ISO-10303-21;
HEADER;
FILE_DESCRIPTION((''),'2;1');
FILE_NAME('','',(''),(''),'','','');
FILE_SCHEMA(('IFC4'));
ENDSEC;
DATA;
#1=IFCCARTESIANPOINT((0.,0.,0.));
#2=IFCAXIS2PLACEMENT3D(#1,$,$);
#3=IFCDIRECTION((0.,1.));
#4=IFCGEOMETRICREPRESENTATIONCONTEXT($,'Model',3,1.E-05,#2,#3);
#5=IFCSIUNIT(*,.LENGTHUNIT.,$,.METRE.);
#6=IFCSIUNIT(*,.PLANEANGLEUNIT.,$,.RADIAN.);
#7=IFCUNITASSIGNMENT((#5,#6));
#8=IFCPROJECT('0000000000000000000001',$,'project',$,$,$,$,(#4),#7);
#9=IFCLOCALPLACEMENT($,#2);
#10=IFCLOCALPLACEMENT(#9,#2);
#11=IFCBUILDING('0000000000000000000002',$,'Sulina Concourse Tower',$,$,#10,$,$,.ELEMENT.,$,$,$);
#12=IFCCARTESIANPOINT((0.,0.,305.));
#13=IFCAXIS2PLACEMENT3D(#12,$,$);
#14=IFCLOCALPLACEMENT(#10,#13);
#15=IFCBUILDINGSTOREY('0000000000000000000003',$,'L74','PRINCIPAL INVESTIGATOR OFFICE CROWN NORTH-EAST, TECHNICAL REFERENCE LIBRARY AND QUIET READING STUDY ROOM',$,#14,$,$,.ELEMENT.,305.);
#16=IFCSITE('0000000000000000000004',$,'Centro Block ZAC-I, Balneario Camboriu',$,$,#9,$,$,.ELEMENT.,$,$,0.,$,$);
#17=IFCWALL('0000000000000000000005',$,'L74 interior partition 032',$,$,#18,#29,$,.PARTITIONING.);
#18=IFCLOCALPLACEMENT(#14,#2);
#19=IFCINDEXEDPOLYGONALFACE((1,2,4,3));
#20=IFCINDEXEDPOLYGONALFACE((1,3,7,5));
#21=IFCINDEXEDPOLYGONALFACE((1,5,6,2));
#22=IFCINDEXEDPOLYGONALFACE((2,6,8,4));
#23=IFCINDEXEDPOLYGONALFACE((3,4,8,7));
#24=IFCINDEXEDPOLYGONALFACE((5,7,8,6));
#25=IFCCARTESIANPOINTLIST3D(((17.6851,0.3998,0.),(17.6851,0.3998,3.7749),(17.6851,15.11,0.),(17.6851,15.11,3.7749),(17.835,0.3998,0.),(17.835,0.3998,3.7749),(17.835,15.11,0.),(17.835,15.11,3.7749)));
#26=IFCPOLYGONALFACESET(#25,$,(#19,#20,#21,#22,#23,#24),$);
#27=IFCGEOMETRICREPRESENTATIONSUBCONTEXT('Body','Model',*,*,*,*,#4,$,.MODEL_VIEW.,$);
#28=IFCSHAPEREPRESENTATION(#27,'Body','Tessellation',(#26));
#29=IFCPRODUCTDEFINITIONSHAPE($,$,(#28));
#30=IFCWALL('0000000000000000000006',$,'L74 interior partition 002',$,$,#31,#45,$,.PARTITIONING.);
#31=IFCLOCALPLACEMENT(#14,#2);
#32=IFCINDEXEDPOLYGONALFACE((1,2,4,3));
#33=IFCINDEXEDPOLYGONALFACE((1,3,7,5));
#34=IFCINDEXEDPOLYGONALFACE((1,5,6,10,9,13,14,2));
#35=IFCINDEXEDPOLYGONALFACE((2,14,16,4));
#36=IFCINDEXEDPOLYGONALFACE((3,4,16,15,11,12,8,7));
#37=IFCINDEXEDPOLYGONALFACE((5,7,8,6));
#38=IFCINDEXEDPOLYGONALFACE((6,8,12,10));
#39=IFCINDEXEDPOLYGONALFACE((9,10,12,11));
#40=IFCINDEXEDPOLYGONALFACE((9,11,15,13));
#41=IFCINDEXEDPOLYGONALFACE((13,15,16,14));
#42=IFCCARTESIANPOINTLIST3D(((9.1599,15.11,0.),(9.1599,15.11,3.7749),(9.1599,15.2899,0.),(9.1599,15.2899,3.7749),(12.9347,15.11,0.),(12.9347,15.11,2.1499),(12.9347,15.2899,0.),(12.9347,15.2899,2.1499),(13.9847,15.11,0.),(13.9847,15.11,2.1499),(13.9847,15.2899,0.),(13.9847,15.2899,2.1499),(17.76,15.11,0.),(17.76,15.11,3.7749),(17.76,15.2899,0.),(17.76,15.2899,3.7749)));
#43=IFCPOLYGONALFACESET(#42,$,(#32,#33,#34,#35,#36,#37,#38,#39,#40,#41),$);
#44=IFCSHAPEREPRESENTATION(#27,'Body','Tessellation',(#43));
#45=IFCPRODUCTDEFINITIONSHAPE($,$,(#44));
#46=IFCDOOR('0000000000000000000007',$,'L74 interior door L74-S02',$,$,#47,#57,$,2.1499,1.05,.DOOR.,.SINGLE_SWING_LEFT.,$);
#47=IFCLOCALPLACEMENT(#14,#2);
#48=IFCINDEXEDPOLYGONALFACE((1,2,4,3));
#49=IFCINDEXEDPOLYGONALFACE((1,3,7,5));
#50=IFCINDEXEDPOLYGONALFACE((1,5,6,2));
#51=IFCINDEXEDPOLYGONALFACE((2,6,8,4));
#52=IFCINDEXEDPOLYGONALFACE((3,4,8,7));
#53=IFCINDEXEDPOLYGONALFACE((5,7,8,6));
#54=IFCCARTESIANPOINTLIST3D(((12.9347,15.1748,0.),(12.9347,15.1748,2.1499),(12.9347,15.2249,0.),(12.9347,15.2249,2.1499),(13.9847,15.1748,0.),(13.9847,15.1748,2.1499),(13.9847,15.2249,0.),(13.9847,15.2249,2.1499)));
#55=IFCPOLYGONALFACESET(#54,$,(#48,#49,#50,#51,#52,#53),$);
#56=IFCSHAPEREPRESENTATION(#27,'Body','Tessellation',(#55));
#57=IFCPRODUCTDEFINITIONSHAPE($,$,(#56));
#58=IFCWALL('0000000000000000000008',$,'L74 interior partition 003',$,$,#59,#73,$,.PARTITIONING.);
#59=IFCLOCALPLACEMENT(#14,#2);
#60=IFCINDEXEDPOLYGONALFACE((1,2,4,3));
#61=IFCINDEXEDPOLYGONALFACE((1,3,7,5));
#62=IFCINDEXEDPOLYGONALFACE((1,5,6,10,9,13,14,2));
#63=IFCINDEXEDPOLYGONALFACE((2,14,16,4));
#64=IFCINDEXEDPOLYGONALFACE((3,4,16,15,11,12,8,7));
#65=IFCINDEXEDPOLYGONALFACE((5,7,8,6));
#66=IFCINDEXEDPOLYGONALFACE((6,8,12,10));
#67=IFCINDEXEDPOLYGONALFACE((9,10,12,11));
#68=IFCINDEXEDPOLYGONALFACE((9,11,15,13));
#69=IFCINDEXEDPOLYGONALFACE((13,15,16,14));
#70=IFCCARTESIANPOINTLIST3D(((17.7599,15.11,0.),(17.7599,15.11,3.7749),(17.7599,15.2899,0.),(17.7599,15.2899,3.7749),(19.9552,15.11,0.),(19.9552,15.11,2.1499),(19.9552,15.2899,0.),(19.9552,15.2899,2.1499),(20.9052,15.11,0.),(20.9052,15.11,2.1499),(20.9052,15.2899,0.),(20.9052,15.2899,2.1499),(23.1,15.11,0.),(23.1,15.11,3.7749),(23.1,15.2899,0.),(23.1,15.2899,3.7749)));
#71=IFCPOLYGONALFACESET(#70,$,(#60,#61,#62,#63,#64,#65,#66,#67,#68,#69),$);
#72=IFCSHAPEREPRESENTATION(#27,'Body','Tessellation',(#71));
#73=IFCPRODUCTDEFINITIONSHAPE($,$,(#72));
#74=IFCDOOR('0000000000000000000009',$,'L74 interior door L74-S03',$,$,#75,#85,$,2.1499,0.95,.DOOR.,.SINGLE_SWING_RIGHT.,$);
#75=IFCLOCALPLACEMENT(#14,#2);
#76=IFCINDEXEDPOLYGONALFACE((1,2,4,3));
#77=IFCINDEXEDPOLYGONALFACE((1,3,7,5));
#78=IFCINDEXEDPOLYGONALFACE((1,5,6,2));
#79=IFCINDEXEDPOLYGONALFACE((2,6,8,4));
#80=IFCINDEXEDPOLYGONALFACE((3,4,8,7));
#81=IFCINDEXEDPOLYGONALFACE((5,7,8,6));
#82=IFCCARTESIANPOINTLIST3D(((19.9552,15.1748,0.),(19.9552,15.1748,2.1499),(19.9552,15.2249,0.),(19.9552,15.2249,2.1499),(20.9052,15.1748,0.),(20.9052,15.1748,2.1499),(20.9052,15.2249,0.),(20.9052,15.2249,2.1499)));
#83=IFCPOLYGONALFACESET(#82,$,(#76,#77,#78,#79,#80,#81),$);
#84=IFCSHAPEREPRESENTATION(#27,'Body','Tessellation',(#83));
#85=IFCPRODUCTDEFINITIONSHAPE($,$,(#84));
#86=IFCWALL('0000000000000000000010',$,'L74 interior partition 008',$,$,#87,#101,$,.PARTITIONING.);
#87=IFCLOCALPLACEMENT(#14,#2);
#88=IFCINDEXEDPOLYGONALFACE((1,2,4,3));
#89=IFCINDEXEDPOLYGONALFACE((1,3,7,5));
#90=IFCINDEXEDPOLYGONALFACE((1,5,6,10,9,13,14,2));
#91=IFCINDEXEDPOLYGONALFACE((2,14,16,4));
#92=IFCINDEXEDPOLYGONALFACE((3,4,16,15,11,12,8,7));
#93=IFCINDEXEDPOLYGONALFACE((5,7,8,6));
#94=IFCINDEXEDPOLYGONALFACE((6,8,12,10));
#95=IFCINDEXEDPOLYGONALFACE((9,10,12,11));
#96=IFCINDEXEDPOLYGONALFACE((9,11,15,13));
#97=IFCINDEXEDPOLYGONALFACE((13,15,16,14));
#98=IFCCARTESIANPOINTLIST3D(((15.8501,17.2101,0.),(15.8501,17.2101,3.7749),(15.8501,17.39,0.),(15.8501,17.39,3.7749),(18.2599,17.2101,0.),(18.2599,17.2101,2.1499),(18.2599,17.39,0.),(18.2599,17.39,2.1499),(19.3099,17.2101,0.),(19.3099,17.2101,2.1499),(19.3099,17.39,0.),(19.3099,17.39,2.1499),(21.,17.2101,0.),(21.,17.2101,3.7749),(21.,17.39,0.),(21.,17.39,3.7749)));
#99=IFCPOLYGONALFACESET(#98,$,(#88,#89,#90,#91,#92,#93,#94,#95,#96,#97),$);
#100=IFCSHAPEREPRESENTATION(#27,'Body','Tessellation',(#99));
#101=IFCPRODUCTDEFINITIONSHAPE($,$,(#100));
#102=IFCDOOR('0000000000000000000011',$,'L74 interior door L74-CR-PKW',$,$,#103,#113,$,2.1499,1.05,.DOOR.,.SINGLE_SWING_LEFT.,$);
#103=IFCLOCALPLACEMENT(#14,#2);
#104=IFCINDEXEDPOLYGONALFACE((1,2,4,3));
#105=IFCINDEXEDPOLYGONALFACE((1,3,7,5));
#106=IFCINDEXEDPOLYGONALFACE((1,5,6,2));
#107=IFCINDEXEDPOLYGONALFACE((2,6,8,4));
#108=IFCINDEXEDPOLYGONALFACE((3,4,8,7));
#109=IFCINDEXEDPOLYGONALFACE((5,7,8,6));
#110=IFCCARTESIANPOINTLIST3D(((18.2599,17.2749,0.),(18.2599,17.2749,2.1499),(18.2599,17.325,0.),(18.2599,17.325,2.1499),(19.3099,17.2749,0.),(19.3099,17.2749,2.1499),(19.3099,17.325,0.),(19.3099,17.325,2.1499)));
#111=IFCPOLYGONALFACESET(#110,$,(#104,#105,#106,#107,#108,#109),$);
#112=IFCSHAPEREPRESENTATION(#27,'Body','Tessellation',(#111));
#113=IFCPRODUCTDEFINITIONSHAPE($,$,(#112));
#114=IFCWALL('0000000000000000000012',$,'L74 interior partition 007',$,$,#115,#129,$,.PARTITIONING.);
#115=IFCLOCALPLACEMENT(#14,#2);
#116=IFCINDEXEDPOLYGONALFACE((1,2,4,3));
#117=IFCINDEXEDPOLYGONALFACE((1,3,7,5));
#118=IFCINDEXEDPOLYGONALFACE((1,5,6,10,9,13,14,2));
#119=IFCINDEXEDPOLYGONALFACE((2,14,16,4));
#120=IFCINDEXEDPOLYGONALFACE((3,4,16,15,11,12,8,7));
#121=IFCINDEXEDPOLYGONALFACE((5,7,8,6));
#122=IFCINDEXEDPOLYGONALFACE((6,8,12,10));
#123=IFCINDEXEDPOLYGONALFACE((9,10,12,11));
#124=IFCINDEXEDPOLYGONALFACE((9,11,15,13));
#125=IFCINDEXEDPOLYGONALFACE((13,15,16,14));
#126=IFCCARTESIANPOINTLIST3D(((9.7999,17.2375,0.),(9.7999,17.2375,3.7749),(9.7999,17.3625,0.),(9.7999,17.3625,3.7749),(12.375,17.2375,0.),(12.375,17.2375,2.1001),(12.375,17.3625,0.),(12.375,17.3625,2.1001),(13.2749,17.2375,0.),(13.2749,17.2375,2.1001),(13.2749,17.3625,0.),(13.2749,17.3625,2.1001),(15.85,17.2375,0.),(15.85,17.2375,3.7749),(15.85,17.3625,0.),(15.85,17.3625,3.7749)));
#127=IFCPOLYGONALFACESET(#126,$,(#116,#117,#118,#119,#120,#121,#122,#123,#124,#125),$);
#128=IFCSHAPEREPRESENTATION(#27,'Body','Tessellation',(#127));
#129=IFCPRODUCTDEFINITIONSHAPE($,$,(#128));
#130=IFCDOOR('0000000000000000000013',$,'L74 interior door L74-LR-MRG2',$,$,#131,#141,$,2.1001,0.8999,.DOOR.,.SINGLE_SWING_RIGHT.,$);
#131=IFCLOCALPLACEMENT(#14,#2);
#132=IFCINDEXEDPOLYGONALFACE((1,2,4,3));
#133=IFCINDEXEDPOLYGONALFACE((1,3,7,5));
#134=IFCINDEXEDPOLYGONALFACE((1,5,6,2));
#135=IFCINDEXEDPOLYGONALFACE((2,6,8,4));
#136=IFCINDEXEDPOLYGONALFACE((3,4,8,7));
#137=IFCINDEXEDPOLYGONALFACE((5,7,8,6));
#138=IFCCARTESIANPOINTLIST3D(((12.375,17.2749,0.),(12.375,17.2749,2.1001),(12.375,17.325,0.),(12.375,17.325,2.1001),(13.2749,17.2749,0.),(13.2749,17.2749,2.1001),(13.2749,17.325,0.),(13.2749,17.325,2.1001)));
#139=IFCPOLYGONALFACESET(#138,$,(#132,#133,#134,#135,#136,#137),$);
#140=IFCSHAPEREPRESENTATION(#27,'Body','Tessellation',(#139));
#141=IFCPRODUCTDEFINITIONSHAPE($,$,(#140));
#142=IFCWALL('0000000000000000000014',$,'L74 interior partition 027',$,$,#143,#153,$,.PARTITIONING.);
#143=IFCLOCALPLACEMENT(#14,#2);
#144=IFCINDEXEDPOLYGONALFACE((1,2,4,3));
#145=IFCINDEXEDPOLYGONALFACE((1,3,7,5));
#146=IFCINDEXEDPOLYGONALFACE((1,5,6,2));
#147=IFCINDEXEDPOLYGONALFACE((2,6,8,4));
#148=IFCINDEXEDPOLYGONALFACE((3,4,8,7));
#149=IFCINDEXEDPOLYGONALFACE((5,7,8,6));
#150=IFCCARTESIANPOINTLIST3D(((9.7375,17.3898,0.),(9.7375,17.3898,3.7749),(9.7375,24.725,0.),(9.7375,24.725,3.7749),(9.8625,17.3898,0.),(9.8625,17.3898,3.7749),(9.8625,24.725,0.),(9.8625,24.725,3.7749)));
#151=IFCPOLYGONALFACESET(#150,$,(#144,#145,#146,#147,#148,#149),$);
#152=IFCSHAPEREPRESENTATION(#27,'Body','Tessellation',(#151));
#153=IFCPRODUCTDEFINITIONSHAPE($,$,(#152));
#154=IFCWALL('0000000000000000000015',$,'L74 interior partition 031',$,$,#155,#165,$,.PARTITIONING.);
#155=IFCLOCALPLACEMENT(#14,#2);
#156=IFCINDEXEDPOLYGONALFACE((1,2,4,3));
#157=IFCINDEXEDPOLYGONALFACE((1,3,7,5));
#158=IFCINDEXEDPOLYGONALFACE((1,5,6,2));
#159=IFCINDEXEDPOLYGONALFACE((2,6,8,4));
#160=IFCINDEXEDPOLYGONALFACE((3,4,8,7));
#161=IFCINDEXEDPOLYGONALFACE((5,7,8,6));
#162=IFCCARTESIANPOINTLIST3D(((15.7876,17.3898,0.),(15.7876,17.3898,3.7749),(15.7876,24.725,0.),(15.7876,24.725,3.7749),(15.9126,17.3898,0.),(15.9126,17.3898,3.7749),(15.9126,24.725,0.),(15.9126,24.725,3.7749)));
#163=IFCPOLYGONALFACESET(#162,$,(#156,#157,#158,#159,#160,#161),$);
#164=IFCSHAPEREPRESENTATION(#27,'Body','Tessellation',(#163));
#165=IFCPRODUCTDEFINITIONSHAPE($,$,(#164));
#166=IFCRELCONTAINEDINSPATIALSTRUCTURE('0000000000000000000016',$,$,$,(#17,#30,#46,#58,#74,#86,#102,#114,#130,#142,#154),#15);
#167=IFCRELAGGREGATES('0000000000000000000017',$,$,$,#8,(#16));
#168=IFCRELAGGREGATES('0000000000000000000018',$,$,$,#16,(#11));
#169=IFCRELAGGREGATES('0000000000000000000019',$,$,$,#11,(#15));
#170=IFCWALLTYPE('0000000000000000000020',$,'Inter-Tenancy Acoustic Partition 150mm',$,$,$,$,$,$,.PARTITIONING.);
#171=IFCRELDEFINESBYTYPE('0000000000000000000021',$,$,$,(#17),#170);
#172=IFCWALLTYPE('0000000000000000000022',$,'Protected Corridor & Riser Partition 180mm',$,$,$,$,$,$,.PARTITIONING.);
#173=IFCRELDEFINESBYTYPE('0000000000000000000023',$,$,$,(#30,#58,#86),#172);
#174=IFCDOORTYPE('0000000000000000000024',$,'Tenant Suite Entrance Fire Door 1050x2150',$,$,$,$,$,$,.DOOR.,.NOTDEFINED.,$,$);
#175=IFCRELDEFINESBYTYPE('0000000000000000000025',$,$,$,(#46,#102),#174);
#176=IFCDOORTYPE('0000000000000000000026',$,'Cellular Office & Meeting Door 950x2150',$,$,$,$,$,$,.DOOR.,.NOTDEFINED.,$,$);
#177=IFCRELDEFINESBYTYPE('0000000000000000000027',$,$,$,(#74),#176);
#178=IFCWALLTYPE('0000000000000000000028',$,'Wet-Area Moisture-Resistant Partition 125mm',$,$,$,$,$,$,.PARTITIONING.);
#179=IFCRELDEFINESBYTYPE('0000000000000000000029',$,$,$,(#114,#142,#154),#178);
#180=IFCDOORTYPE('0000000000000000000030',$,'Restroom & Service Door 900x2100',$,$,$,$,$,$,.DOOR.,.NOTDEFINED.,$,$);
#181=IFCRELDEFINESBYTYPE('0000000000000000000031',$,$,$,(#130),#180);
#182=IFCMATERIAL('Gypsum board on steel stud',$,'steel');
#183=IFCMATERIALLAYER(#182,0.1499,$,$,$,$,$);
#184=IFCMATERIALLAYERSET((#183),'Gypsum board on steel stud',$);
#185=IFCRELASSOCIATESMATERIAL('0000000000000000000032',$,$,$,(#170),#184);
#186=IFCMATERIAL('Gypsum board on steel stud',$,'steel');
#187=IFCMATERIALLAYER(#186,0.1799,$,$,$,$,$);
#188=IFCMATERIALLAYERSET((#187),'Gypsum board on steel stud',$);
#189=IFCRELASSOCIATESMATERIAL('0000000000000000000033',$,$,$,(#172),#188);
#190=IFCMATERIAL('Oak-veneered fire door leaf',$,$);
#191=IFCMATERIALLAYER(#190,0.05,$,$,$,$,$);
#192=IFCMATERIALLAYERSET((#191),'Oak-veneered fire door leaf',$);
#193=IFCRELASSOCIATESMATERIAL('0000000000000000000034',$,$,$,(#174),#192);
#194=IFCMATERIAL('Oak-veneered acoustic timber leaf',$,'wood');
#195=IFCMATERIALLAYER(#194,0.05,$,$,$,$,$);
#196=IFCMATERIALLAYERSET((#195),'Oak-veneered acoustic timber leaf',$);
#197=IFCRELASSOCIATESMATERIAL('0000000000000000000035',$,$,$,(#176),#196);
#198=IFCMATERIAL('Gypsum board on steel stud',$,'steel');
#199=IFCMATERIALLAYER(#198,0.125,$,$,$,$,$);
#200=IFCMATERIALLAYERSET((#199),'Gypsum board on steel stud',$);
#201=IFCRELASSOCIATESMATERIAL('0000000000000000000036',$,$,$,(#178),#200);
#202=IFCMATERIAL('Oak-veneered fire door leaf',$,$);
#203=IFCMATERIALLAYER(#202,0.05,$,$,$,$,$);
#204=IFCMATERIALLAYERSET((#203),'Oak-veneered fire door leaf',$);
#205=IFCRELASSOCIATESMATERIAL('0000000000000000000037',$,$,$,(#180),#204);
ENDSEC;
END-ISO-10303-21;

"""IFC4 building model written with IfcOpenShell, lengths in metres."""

from ifc_helpers import new_model, si_unit, direction, frame, frame_2d, origin, place, context, subcontext, project, spatial, rectangle, extrude, material, layer, layer_set, type_object, element, fill, save


model = new_model("IFC4")

# Units and contexts
model_context = context("Model", 3, precision=1e-05, world=origin(), true_north=direction((0.0, 1.0)))
body_context = subcontext(model_context, "Body", "Model", "MODEL_VIEW")
ifc_project = project(units=[si_unit("LENGTHUNIT", "METRE"), si_unit("PLANEANGLEUNIT", "RADIAN")], contexts=[model_context])

# Site, building, storey
site_placement = place(None, origin())
site = spatial("IfcSite", under=ifc_project, at=site_placement, Name="Centro Block ZAC-I, Balneario Camboriu", CompositionType="ELEMENT", RefElevation=0.0)
building_placement = place(site_placement, origin())
building = spatial("IfcBuilding", under=site, at=building_placement, Name="Sulina Concourse Tower", CompositionType="ELEMENT")
storey_placement = place(building_placement, frame((0.0, 0.0, 305.0)))
storey = spatial("IfcBuildingStorey", under=building, at=storey_placement, Name="L74", Description="PRINCIPAL INVESTIGATOR OFFICE CROWN NORTH-EAST, TECHNICAL REFERENCE LIBRARY AND QUIET READING STUDY ROOM", CompositionType="ELEMENT", Elevation=305.0)

# Wall
ifc_material_1 = material(Name="Gypsum board on steel stud", Category="steel")
ifc_layer_1 = layer(ifc_material_1, 0.1499)
ifc_layer_set_1 = layer_set([ifc_layer_1], Name="Gypsum board on steel stud")
wall_type_1 = type_object("IfcWallType", Name="Inter-Tenancy Acoustic Partition 150mm", PredefinedType="PARTITIONING", material=ifc_layer_set_1)
wall_1_placement = place(storey_placement, frame((17.76, 0.3999, 0.0), z_axis=(0.0, 0.0, 1.0), x_axis=(0.0, 1.0, 0.0)))
element("IfcWall", 1, at=wall_1_placement, inside=storey, type_object=wall_type_1, Name="L74 interior partition 032", PredefinedType="PARTITIONING", context=body_context, shape_type="SweptSolid", body=[
    extrude(rectangle(XDim=14.7102, YDim=0.1499, at=frame_2d((7.355, 0.0))), origin(), (0.0, 0.0, 1.0), 3.7749),
])

# Walls, openings, doors
ifc_material_2 = material(Name="Gypsum board on steel stud", Category="steel")
ifc_layer_2 = layer(ifc_material_2, 0.1799)
ifc_layer_set_2 = layer_set([ifc_layer_2], Name="Gypsum board on steel stud")
wall_type_2 = type_object("IfcWallType", Name="Protected Corridor & Riser Partition 180mm", PredefinedType="PARTITIONING", material=ifc_layer_set_2)
wall_2_placement = place(storey_placement, frame((9.1599, 15.2, 0.0), z_axis=(0.0, 0.0, 1.0), x_axis=(1.0, 0.0, 0.0)))
wall_2 = element("IfcWall", 2, at=wall_2_placement, inside=storey, type_object=wall_type_2, Name="L74 interior partition 002", PredefinedType="PARTITIONING", context=body_context, shape_type="SweptSolid", body=[
    extrude(rectangle(XDim=8.6001, YDim=0.1799, at=frame_2d((4.3, 0.0))), origin(), (0.0, 0.0, 1.0), 3.7749),
])
opening_1_placement = place(wall_2_placement, frame((3.7749, 0.0, 0.0)))
opening_1 = element("IfcOpeningElement", 3, at=opening_1_placement, cuts=wall_2, PredefinedType="OPENING", context=body_context, shape_type="SweptSolid", body=[
    extrude(rectangle(XDim=1.05, YDim=2.1499, at=frame_2d((0.5249, 1.075))), frame((0.0, 0.0999, 0.0), z_axis=(0.0, -1.0, 0.0), x_axis=(1.0, 0.0, 0.0)), (0.0, 0.0, 1.0), 0.2),
])
ifc_material_3 = material(Name="Oak-veneered fire door leaf")
ifc_layer_3 = layer(ifc_material_3, 0.05)
ifc_layer_set_3 = layer_set([ifc_layer_3], Name="Oak-veneered fire door leaf")
door_type_1 = type_object("IfcDoorType", Name="Tenant Suite Entrance Fire Door 1050x2150", OperationType="NOTDEFINED", PredefinedType="DOOR", material=ifc_layer_set_3)
door_1_placement = place(opening_1_placement, origin())
door_1 = element("IfcDoor", 4, at=door_1_placement, inside=storey, type_object=door_type_1, Name="L74 interior door L74-S02", OperationType="SINGLE_SWING_LEFT", OverallHeight=2.1499, OverallWidth=1.05, PredefinedType="DOOR", context=body_context, shape_type="SweptSolid", body=[
    extrude(rectangle(XDim=1.05, YDim=2.1499, at=frame_2d((0.5249, 1.075))), frame((0.0, 0.0249, 0.0), z_axis=(0.0, -1.0, 0.0), x_axis=(1.0, 0.0, 0.0)), (0.0, 0.0, 1.0), 0.05),
])
fill(opening_1, door_1)
wall_3_placement = place(storey_placement, frame((17.76, 15.2, 0.0), z_axis=(0.0, 0.0, 1.0), x_axis=(1.0, 0.0, 0.0)))
wall_3 = element("IfcWall", 5, at=wall_3_placement, inside=storey, type_object=wall_type_2, Name="L74 interior partition 003", PredefinedType="PARTITIONING", context=body_context, shape_type="SweptSolid", body=[
    extrude(rectangle(XDim=5.3401, YDim=0.1799, at=frame_2d((2.6699, 0.0))), origin(), (0.0, 0.0, 1.0), 3.7749),
])
opening_2_placement = place(wall_3_placement, frame((2.1951, 0.0, 0.0)))
opening_2 = element("IfcOpeningElement", 6, at=opening_2_placement, cuts=wall_3, PredefinedType="OPENING", context=body_context, shape_type="SweptSolid", body=[
    extrude(rectangle(XDim=0.95, YDim=2.1499, at=frame_2d((0.4751, 1.075))), frame((0.0, 0.0999, 0.0), z_axis=(0.0, -1.0, 0.0), x_axis=(1.0, 0.0, 0.0)), (0.0, 0.0, 1.0), 0.2),
])
ifc_material_4 = material(Name="Oak-veneered acoustic timber leaf", Category="wood")
ifc_layer_4 = layer(ifc_material_4, 0.05)
ifc_layer_set_4 = layer_set([ifc_layer_4], Name="Oak-veneered acoustic timber leaf")
door_type_2 = type_object("IfcDoorType", Name="Cellular Office & Meeting Door 950x2150", OperationType="NOTDEFINED", PredefinedType="DOOR", material=ifc_layer_set_4)
door_2_placement = place(opening_2_placement, origin())
door_2 = element("IfcDoor", 7, at=door_2_placement, inside=storey, type_object=door_type_2, Name="L74 interior door L74-S03", OperationType="SINGLE_SWING_RIGHT", OverallHeight=2.1499, OverallWidth=0.95, PredefinedType="DOOR", context=body_context, shape_type="SweptSolid", body=[
    extrude(rectangle(XDim=0.95, YDim=2.1499, at=frame_2d((0.4751, 1.075))), frame((0.0, 0.0249, 0.0), z_axis=(0.0, -1.0, 0.0), x_axis=(1.0, 0.0, 0.0)), (0.0, 0.0, 1.0), 0.05),
])
fill(opening_2, door_2)
wall_4_placement = place(storey_placement, frame((15.8501, 17.3, 0.0), z_axis=(0.0, 0.0, 1.0), x_axis=(1.0, 0.0, 0.0)))
wall_4 = element("IfcWall", 8, at=wall_4_placement, inside=storey, type_object=wall_type_2, Name="L74 interior partition 008", PredefinedType="PARTITIONING", context=body_context, shape_type="SweptSolid", body=[
    extrude(rectangle(XDim=5.1499, YDim=0.1799, at=frame_2d((2.575, 0.0))), origin(), (0.0, 0.0, 1.0), 3.7749),
])
opening_3_placement = place(wall_4_placement, frame((2.4099, 0.0, 0.0)))
opening_3 = element("IfcOpeningElement", 9, at=opening_3_placement, cuts=wall_4, PredefinedType="OPENING", context=body_context, shape_type="SweptSolid", body=[
    extrude(rectangle(XDim=1.05, YDim=2.1499, at=frame_2d((0.5249, 1.075))), frame((0.0, 0.0999, 0.0), z_axis=(0.0, -1.0, 0.0), x_axis=(1.0, 0.0, 0.0)), (0.0, 0.0, 1.0), 0.2),
])
door_3_placement = place(opening_3_placement, origin())
door_3 = element("IfcDoor", 10, at=door_3_placement, inside=storey, type_object=door_type_1, Name="L74 interior door L74-CR-PKW", OperationType="SINGLE_SWING_LEFT", OverallHeight=2.1499, OverallWidth=1.05, PredefinedType="DOOR", context=body_context, shape_type="SweptSolid", body=[
    extrude(rectangle(XDim=1.05, YDim=2.1499, at=frame_2d((0.5249, 1.075))), frame((0.0, 0.0249, 0.0), z_axis=(0.0, -1.0, 0.0), x_axis=(1.0, 0.0, 0.0)), (0.0, 0.0, 1.0), 0.05),
])
fill(opening_3, door_3)
ifc_material_5 = material(Name="Gypsum board on steel stud", Category="steel")
ifc_layer_5 = layer(ifc_material_5, 0.125)
ifc_layer_set_5 = layer_set([ifc_layer_5], Name="Gypsum board on steel stud")
wall_type_3 = type_object("IfcWallType", Name="Wet-Area Moisture-Resistant Partition 125mm", PredefinedType="PARTITIONING", material=ifc_layer_set_5)
wall_5_placement = place(storey_placement, frame((9.8, 17.3, 0.0), z_axis=(0.0, 0.0, 1.0), x_axis=(1.0, 0.0, 0.0)))
wall_5 = element("IfcWall", 11, at=wall_5_placement, inside=storey, type_object=wall_type_3, Name="L74 interior partition 007", PredefinedType="PARTITIONING", context=body_context, shape_type="SweptSolid", body=[
    extrude(rectangle(XDim=6.05, YDim=0.125, at=frame_2d((3.0249, 0.0))), origin(), (0.0, 0.0, 1.0), 3.7749),
])
opening_4_placement = place(wall_5_placement, frame((2.575, 0.0, 0.0)))
opening_4 = element("IfcOpeningElement", 12, at=opening_4_placement, cuts=wall_5, PredefinedType="OPENING", context=body_context, shape_type="SweptSolid", body=[
    extrude(rectangle(XDim=0.8999, YDim=2.1001, at=frame_2d((0.45, 1.05))), frame((0.0, 0.0725, 0.0), z_axis=(0.0, -1.0, 0.0), x_axis=(1.0, 0.0, 0.0)), (0.0, 0.0, 1.0), 0.145),
])
ifc_material_6 = material(Name="Oak-veneered fire door leaf")
ifc_layer_6 = layer(ifc_material_6, 0.05)
ifc_layer_set_6 = layer_set([ifc_layer_6], Name="Oak-veneered fire door leaf")
door_type_3 = type_object("IfcDoorType", Name="Restroom & Service Door 900x2100", OperationType="NOTDEFINED", PredefinedType="DOOR", material=ifc_layer_set_6)
door_4_placement = place(opening_4_placement, origin())
door_4 = element("IfcDoor", 13, at=door_4_placement, inside=storey, type_object=door_type_3, Name="L74 interior door L74-LR-MRG2", OperationType="SINGLE_SWING_RIGHT", OverallHeight=2.1001, OverallWidth=0.8999, PredefinedType="DOOR", context=body_context, shape_type="SweptSolid", body=[
    extrude(rectangle(XDim=0.8999, YDim=2.1001, at=frame_2d((0.45, 1.05))), frame((0.0, 0.0249, 0.0), z_axis=(0.0, -1.0, 0.0), x_axis=(1.0, 0.0, 0.0)), (0.0, 0.0, 1.0), 0.05),
])
fill(opening_4, door_4)

# Walls
for number, where, z_axis, x_axis, name in (
    (14, (9.8, 17.3899, 0.0), (0.0, 0.0, 1.0), (0.0, 1.0, 0.0), "L74 interior partition 027"),
    (15, (15.8501, 17.3899, 0.0), (0.0, 0.0, 1.0), (0.0, 1.0, 0.0), "L74 interior partition 031"),
):
    element("IfcWall", number, at=place(storey_placement, frame(where, z_axis=z_axis, x_axis=x_axis)), inside=storey, type_object=wall_type_3, Name=name, PredefinedType="PARTITIONING", context=body_context, shape_type="SweptSolid", body=[
        extrude(rectangle(XDim=7.3352, YDim=0.125, at=frame_2d((3.6675, 0.0))), origin(), (0.0, 0.0, 1.0), 3.7749),
    ])

save(model, "model.ifc")
